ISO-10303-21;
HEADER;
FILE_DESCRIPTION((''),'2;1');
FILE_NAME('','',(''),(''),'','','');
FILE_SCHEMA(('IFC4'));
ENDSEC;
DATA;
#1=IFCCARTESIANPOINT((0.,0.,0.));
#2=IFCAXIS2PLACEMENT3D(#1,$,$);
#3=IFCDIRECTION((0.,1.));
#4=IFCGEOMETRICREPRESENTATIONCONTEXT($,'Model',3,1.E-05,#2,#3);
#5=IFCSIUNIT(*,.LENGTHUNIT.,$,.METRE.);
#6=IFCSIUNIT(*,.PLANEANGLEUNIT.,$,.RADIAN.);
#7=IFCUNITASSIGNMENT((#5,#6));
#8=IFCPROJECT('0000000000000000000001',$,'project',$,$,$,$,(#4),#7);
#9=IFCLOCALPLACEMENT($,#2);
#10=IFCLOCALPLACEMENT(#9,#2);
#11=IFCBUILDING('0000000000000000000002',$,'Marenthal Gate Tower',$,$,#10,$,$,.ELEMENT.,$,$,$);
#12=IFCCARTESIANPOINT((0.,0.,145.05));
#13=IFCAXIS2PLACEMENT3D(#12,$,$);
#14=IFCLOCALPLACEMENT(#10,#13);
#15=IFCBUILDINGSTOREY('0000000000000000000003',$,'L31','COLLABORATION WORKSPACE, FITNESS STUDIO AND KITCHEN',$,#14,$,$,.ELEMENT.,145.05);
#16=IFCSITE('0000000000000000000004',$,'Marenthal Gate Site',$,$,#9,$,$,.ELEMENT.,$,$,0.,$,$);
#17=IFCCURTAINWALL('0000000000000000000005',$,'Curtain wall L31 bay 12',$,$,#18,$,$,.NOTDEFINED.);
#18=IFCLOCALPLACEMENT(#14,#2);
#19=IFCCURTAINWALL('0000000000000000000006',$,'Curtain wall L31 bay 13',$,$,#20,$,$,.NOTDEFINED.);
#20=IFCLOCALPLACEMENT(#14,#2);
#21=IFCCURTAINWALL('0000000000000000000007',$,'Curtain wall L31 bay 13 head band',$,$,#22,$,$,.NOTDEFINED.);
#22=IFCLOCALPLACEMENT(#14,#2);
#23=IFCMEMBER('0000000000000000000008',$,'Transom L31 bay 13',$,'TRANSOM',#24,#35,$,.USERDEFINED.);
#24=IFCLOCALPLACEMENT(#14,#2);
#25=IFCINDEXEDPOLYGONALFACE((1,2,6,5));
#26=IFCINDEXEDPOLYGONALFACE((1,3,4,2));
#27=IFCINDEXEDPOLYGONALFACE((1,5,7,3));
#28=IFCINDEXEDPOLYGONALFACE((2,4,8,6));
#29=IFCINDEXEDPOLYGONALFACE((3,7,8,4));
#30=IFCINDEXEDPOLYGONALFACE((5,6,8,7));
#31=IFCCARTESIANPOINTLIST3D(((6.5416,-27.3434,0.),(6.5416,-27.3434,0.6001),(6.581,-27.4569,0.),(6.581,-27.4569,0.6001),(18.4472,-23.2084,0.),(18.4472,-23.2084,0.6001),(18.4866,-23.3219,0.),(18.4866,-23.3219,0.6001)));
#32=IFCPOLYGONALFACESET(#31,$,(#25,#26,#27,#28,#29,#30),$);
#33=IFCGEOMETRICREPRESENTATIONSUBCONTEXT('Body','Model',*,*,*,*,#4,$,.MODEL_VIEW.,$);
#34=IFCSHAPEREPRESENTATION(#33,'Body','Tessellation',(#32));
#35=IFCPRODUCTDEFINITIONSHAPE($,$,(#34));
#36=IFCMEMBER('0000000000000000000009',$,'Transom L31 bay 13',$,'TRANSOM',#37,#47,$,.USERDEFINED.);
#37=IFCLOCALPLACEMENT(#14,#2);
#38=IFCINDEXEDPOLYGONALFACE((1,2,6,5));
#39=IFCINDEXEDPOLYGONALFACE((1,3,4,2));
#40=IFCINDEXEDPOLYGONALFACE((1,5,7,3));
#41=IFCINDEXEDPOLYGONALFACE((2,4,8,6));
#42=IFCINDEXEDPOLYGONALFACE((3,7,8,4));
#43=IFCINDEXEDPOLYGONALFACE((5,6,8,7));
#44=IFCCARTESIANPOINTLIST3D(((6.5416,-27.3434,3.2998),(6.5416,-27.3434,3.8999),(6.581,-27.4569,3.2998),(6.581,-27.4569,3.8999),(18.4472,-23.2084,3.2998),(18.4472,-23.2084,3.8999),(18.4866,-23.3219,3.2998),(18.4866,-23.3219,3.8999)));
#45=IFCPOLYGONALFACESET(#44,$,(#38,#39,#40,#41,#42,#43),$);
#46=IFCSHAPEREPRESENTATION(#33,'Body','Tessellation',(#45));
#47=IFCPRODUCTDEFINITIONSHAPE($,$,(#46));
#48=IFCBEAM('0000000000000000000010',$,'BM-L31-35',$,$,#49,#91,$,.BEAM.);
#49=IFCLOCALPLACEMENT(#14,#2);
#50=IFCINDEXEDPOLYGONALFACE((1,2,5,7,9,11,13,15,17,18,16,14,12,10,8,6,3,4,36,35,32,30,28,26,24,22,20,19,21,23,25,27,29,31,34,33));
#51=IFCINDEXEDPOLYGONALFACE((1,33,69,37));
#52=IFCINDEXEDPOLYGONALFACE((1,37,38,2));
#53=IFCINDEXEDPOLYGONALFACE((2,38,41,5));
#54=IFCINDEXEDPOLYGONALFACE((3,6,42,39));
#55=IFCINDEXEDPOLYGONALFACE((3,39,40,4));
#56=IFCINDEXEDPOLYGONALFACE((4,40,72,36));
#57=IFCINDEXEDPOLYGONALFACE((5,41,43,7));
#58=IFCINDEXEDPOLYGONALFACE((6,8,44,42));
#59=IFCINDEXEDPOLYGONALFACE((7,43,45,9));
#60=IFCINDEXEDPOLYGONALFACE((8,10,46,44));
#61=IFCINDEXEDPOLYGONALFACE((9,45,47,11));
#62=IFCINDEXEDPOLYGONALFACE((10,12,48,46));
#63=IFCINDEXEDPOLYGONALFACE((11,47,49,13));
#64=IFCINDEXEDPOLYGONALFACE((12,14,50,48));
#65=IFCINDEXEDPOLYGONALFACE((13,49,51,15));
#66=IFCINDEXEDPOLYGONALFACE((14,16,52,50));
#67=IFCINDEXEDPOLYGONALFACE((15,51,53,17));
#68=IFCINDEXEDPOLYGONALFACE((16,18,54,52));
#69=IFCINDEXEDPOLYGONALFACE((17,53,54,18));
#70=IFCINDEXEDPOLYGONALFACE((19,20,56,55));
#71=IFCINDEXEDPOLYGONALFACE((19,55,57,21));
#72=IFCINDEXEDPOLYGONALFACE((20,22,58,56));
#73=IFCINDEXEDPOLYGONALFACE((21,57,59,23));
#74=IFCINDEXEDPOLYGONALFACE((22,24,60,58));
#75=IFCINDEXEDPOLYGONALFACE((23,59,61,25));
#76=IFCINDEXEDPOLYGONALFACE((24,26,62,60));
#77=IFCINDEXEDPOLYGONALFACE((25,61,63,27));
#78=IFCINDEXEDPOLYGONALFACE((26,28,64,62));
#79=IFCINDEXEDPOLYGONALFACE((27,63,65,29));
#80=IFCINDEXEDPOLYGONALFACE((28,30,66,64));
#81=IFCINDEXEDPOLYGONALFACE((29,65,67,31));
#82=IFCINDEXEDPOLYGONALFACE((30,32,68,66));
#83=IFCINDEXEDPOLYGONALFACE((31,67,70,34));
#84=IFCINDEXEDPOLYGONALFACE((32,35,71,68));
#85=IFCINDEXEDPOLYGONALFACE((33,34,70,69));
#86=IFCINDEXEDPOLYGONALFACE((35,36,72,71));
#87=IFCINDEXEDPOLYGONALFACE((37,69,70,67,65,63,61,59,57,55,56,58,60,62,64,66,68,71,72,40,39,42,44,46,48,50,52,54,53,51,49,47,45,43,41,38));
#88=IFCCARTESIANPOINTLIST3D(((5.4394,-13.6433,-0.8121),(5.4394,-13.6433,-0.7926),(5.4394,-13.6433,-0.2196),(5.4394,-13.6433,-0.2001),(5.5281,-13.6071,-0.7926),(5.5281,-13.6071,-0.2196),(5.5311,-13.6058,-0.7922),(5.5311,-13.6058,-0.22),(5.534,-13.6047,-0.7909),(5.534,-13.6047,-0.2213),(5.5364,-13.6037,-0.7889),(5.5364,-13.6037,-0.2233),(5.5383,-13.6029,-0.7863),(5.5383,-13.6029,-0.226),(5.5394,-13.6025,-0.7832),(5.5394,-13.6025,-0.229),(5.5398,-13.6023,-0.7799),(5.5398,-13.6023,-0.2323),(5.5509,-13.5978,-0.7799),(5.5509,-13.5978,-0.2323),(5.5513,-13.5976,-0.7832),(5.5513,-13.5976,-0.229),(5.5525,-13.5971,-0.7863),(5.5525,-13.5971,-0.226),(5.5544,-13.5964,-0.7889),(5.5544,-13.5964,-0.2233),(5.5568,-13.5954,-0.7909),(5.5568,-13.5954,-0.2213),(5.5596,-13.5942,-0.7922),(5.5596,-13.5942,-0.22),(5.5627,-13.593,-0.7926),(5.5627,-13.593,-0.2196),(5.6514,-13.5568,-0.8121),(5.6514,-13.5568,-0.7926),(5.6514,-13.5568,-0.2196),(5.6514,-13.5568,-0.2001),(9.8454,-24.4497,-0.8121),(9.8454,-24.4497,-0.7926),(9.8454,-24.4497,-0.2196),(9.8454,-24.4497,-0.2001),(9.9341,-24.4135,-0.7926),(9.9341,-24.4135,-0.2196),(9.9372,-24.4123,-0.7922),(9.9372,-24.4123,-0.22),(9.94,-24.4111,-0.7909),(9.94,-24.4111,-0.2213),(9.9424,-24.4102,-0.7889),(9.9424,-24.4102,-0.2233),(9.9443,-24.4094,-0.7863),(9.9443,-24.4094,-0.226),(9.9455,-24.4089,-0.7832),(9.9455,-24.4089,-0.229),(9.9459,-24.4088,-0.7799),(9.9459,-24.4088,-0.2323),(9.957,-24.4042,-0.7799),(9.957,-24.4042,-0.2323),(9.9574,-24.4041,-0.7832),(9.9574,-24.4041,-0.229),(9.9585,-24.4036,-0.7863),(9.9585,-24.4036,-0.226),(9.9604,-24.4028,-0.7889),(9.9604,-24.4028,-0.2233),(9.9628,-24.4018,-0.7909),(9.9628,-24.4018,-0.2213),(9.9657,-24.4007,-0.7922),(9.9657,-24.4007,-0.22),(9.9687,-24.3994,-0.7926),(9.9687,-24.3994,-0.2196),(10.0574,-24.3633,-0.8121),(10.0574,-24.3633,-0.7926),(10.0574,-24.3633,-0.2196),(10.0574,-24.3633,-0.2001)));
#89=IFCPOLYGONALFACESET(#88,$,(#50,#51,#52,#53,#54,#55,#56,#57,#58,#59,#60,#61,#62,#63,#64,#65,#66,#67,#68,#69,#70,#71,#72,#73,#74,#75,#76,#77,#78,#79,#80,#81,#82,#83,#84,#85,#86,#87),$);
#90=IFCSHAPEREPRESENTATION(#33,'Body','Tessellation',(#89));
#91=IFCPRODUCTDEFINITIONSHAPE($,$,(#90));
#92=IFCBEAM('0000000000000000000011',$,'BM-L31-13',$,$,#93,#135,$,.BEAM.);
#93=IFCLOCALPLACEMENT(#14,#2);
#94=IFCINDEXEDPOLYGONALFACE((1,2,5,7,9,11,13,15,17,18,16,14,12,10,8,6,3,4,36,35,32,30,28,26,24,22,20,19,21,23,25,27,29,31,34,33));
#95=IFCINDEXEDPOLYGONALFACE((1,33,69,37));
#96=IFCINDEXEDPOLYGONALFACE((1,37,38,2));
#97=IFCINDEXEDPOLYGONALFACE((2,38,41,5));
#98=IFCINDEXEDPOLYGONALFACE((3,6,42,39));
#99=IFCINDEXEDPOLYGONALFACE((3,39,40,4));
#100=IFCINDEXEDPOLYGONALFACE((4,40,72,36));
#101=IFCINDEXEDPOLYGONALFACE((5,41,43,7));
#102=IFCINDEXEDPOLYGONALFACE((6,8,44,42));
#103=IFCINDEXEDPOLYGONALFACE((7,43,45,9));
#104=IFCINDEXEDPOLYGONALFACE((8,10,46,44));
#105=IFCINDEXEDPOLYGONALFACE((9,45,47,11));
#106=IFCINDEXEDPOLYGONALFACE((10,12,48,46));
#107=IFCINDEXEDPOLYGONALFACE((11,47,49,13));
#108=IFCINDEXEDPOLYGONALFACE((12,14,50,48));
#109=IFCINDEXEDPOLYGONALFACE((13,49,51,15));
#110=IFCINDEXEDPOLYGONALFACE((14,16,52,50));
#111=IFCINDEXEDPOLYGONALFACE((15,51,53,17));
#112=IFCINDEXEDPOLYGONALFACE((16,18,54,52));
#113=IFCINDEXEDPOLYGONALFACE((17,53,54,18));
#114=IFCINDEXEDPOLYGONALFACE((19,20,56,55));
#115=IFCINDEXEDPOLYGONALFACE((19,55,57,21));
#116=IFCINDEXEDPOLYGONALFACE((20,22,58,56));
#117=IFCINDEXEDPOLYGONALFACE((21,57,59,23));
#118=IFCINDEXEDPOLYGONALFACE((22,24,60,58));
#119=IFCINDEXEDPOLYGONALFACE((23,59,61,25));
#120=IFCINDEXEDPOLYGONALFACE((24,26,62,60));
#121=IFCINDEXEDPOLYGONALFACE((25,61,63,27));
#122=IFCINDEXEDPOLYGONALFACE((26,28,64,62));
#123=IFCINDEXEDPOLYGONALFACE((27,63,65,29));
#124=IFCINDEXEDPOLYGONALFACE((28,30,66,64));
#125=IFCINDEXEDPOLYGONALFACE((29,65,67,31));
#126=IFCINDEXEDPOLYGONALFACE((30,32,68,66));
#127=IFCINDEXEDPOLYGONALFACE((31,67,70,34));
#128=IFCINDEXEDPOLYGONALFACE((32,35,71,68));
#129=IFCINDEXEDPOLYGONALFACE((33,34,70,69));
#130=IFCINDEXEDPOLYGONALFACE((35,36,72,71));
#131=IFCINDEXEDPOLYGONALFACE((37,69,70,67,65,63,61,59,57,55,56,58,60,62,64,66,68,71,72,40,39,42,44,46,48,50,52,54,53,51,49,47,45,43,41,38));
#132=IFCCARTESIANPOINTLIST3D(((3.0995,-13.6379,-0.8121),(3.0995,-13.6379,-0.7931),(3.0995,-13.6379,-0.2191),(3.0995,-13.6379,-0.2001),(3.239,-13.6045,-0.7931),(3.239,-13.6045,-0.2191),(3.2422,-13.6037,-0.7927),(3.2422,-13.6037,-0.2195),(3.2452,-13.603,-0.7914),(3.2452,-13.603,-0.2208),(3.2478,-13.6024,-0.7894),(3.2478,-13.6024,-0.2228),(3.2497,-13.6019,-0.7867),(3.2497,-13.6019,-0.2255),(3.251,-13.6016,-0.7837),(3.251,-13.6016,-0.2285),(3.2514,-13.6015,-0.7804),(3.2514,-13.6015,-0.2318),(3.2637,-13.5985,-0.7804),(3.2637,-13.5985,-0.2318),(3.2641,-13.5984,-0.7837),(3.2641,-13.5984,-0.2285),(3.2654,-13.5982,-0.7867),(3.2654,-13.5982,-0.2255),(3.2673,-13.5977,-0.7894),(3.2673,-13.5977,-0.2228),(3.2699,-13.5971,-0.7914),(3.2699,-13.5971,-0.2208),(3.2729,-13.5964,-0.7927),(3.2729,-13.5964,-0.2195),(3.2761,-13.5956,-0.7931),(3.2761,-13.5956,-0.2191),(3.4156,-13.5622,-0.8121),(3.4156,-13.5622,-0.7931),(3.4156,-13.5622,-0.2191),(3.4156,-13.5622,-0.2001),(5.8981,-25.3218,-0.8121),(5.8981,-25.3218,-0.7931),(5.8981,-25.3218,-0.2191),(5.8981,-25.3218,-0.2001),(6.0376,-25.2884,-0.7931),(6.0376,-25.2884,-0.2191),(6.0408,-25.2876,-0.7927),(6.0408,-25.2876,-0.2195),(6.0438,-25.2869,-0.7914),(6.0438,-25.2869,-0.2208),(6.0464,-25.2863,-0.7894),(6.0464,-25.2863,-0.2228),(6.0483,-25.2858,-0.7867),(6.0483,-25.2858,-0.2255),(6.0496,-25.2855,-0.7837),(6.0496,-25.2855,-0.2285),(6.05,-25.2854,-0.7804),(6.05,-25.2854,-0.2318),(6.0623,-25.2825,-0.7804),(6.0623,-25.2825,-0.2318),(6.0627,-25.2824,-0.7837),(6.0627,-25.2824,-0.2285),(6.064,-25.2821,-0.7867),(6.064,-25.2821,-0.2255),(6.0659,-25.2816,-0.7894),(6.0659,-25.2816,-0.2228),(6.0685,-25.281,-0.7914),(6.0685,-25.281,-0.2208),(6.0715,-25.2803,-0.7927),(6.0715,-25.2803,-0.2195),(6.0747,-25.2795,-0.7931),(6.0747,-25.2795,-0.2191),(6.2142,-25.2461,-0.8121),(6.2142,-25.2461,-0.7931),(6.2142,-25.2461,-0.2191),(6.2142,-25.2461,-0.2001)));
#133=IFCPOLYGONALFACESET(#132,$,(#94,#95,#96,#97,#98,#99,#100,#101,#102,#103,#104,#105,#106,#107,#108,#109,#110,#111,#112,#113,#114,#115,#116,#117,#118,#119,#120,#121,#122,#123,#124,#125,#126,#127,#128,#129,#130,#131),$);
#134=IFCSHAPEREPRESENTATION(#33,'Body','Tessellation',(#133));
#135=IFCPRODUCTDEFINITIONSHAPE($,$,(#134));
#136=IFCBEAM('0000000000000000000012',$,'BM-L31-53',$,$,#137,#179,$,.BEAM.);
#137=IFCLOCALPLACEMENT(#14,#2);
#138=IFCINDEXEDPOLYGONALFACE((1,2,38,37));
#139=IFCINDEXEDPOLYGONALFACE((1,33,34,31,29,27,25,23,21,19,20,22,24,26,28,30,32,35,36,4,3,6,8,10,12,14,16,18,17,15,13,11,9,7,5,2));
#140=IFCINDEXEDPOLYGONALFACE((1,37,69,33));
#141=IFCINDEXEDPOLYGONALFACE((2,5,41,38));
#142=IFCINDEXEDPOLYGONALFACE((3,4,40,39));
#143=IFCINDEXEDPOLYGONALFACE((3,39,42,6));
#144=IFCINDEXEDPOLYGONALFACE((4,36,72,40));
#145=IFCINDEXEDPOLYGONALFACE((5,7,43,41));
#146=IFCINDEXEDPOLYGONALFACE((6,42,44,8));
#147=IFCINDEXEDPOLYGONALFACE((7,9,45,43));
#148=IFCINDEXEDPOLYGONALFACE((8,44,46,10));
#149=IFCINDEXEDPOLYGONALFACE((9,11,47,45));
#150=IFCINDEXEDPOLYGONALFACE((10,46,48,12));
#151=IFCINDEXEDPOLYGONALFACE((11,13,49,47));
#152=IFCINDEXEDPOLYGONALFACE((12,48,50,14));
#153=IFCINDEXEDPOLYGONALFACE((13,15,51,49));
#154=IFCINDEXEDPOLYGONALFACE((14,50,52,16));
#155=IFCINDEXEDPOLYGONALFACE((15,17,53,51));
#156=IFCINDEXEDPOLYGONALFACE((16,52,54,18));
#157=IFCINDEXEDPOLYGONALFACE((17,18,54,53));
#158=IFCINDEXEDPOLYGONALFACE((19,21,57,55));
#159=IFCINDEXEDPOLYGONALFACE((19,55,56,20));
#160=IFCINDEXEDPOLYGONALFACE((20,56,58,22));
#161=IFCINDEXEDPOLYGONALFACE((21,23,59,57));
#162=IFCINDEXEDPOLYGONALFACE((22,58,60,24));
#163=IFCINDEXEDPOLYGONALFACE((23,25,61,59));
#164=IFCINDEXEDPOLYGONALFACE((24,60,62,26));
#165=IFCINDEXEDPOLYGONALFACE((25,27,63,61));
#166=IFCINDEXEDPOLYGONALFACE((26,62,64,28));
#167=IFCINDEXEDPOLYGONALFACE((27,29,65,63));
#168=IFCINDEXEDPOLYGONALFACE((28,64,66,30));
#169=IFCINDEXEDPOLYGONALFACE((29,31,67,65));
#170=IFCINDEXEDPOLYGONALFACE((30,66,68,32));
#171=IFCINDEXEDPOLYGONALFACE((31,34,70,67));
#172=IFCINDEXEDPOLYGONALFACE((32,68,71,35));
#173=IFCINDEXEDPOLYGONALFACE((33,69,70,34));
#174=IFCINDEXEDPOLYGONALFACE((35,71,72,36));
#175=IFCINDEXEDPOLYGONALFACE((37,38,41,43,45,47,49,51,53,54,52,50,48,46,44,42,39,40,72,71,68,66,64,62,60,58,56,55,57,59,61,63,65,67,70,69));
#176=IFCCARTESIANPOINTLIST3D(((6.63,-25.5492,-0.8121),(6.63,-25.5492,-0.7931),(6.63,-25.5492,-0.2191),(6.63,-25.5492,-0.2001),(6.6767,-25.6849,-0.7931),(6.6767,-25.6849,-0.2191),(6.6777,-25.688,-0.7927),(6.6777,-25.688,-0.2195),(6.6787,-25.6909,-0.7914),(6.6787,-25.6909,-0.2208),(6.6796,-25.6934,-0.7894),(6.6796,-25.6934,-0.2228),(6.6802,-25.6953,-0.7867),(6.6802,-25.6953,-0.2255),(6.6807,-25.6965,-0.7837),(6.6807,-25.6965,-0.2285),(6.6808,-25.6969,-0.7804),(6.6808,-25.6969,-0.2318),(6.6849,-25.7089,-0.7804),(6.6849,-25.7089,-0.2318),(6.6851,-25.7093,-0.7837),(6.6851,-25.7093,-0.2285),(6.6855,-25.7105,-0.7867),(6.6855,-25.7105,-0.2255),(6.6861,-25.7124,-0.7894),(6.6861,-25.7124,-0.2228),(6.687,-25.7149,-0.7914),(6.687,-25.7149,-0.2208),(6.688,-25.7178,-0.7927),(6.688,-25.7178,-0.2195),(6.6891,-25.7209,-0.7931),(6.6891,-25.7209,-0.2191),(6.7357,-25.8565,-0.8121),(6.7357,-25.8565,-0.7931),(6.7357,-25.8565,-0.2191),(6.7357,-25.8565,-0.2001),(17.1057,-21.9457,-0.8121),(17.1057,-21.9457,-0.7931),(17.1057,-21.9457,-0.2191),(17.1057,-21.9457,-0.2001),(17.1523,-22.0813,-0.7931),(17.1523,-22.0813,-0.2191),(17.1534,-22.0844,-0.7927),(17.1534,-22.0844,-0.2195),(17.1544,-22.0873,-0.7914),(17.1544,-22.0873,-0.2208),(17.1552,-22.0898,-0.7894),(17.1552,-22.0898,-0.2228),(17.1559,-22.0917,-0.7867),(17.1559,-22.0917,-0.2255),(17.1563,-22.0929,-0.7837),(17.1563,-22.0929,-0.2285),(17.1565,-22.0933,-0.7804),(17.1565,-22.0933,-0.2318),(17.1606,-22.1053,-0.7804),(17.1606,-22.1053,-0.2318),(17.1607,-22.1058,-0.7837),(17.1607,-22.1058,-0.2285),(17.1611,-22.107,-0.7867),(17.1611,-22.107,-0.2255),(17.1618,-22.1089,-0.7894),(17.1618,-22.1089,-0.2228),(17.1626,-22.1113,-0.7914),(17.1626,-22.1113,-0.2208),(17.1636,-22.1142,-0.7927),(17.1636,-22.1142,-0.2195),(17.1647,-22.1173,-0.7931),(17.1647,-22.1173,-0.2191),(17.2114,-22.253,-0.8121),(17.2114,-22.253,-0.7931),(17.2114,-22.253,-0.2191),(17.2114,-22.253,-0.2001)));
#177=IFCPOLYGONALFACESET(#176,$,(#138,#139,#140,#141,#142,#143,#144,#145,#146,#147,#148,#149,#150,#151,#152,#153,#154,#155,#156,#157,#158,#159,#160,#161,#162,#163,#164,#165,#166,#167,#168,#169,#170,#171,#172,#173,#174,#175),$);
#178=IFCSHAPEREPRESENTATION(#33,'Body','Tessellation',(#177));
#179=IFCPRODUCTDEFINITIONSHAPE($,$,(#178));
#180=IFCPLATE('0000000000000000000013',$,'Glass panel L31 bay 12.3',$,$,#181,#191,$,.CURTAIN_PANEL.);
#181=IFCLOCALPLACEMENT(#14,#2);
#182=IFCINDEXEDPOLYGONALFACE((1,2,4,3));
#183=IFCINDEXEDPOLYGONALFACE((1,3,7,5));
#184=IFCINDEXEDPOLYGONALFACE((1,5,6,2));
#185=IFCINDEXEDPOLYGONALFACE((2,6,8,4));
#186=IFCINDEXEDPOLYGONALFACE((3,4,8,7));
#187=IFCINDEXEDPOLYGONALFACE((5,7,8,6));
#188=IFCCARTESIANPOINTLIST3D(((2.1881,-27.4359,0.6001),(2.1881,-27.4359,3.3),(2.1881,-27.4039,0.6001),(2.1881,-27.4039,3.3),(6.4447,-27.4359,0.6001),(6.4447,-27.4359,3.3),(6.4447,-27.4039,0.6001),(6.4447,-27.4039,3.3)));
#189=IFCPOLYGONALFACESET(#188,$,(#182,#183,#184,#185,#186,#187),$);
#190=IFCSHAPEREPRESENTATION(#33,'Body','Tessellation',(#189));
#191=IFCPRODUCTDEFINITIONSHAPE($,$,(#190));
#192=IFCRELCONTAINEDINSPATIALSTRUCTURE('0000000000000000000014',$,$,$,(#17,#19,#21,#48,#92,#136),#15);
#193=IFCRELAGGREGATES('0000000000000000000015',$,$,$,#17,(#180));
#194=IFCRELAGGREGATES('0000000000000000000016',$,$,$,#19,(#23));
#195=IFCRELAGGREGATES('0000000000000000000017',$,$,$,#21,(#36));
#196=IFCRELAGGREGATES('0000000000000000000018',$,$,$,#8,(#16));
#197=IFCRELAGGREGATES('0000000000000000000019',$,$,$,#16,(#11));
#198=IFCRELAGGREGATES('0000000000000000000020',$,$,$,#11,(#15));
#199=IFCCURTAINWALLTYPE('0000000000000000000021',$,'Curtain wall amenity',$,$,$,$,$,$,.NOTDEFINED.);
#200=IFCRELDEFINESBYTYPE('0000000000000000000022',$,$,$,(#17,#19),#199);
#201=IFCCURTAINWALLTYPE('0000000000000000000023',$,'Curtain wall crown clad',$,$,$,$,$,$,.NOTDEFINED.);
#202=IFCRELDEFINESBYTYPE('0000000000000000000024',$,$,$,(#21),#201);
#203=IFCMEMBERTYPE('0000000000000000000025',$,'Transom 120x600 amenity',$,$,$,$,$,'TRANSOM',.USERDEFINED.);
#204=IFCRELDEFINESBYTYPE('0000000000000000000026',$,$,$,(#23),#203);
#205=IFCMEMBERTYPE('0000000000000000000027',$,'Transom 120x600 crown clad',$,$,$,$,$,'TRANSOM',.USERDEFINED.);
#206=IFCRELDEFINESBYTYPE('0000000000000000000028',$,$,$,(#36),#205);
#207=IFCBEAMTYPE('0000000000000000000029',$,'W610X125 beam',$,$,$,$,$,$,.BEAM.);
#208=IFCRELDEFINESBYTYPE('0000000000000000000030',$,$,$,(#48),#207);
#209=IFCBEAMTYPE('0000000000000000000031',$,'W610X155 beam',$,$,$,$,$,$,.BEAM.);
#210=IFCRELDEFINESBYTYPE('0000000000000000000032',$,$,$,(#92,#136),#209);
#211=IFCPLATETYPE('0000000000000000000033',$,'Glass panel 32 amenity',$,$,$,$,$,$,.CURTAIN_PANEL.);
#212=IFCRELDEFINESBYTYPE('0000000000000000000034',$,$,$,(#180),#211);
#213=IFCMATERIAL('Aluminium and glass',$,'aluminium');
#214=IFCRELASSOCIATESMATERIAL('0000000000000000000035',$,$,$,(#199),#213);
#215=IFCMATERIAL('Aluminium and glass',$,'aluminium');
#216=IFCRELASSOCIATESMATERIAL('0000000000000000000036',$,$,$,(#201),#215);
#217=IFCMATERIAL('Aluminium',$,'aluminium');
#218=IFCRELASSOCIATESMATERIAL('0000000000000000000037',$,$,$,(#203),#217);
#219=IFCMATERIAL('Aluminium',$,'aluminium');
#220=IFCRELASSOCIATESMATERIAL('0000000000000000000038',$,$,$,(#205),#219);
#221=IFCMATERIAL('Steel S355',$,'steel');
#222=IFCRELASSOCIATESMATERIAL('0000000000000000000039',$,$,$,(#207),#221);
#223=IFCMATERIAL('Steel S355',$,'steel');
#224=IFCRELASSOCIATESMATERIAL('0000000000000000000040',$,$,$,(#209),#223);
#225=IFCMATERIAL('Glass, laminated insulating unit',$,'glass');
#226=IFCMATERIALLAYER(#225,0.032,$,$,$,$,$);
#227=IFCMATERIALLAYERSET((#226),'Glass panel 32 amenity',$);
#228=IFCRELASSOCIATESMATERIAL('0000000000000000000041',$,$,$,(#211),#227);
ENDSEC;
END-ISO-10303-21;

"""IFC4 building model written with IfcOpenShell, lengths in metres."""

from ifc_helpers import new_model, si_unit, direction, frame, origin, origin_2d, place, context, subcontext, project, spatial, rectangle, i_section, extrude, material, layer, layer_set, material_profile, profile_set, type_object, element, aggregate, save


model = new_model("IFC4")

# Units and contexts
model_context = context("Model", 3, precision=1e-05, world=origin(), true_north=direction((0.0, 1.0)))
body_context = subcontext(model_context, "Body", "Model", "MODEL_VIEW")
ifc_project = project(units=[si_unit("LENGTHUNIT", "METRE"), si_unit("PLANEANGLEUNIT", "RADIAN")], contexts=[model_context])

# Site, building, storey
site_placement = place(None, origin())
site = spatial("IfcSite", under=ifc_project, at=site_placement, Name="Marenthal Gate Site", CompositionType="ELEMENT", RefElevation=0.0)
building_placement = place(site_placement, origin())
building = spatial("IfcBuilding", under=site, at=building_placement, Name="Marenthal Gate Tower", CompositionType="ELEMENT")
storey_placement = place(building_placement, frame((0.0, 0.0, 145.05)))
storey = spatial("IfcBuildingStorey", under=building, at=storey_placement, Name="L31", Description="COLLABORATION WORKSPACE, FITNESS STUDIO AND KITCHEN", CompositionType="ELEMENT", Elevation=145.05)

# Curtain walls
ifc_material_1 = material(Name="Aluminium and glass", Category="aluminium")
curtain_wall_type_1 = type_object("IfcCurtainWallType", Name="Curtain wall amenity", PredefinedType="NOTDEFINED", material=ifc_material_1)
curtain_wall_1_placement = place(storey_placement, origin())
curtain_wall_1 = element("IfcCurtainWall", 1, at=curtain_wall_1_placement, inside=storey, type_object=curtain_wall_type_1, Name="Curtain wall L31 bay 12", PredefinedType="NOTDEFINED")
curtain_wall_2_placement = place(storey_placement, origin())
curtain_wall_2 = element("IfcCurtainWall", 2, at=curtain_wall_2_placement, inside=storey, type_object=curtain_wall_type_1, Name="Curtain wall L31 bay 13", PredefinedType="NOTDEFINED")

# Curtain wall
ifc_material_2 = material(Name="Aluminium and glass", Category="aluminium")
curtain_wall_type_2 = type_object("IfcCurtainWallType", Name="Curtain wall crown clad", PredefinedType="NOTDEFINED", material=ifc_material_2)
curtain_wall_3_placement = place(storey_placement, origin())
curtain_wall_3 = element("IfcCurtainWall", 3, at=curtain_wall_3_placement, inside=storey, type_object=curtain_wall_type_2, Name="Curtain wall L31 bay 13 head band", PredefinedType="NOTDEFINED")

# Members
ifc_material_3 = material(Name="Aluminium", Category="aluminium")
ifc_material_profile_1 = material_profile(ifc_material_3, rectangle(XDim=0.1201, YDim=0.6001, at=origin_2d()), Name="120x600 aluminium transom")
ifc_profile_set_1 = profile_set([ifc_material_profile_1], Name="Aluminium")
member_type_1 = type_object("IfcMemberType", Name="Transom 120x600 amenity", ElementType="TRANSOM", PredefinedType="USERDEFINED", material=ifc_profile_set_1)
member_1_placement = place(storey_placement, frame((6.5613, -27.4001, 0.3), z_axis=(0.944647, 0.328087, 0.0), x_axis=(-0.328087, 0.944647, 0.0)))
member_1 = element("IfcMember", 4, at=member_1_placement, type_object=member_type_1, Name="Transom L31 bay 13", ObjectType="TRANSOM", PredefinedType="USERDEFINED", context=body_context, shape_type="SweptSolid", body=[
    extrude(rectangle(XDim=0.1201, YDim=0.6001, at=origin_2d()), origin(), (0.0, 0.0, 1.0), 12.6033),
])
ifc_material_4 = material(Name="Aluminium", Category="aluminium")
ifc_material_profile_2 = material_profile(ifc_material_4, rectangle(XDim=0.1201, YDim=0.6001, at=origin_2d()), Name="120x600 aluminium transom")
ifc_profile_set_2 = profile_set([ifc_material_profile_2], Name="Aluminium")
member_type_2 = type_object("IfcMemberType", Name="Transom 120x600 crown clad", ElementType="TRANSOM", PredefinedType="USERDEFINED", material=ifc_profile_set_2)
member_2_placement = place(storey_placement, frame((6.5613, -27.4001, 3.5999), z_axis=(0.944647, 0.328087, 0.0), x_axis=(-0.328087, 0.944647, 0.0)))
member_2 = element("IfcMember", 5, at=member_2_placement, type_object=member_type_2, Name="Transom L31 bay 13", ObjectType="TRANSOM", PredefinedType="USERDEFINED", context=body_context, shape_type="SweptSolid", body=[
    extrude(rectangle(XDim=0.1201, YDim=0.6001, at=origin_2d()), origin(), (0.0, 0.0, 1.0), 12.6033),
])

# Beams
ifc_material_5 = material(Name="Steel S355", Category="steel")
ifc_material_profile_3 = material_profile(ifc_material_5, i_section(OverallWidth=0.229, OverallDepth=0.6121, WebThickness=0.012, FlangeThickness=0.0195, FilletRadius=0.0127, at=origin_2d()), Name="W610X125")
ifc_profile_set_3 = profile_set([ifc_material_profile_3], Name="Steel S355")
beam_type_1 = type_object("IfcBeamType", Name="W610X125 beam", PredefinedType="BEAM", material=ifc_profile_set_3)
beam_1_placement = place(storey_placement, frame((9.9514, -24.4065, -0.5061), z_axis=(-0.377547, 0.925991, 0.0), x_axis=(-0.925991, -0.377547, 0.0)))
element("IfcBeam", 6, at=beam_1_placement, inside=storey, type_object=beam_type_1, Name="BM-L31-35", PredefinedType="BEAM", context=body_context, shape_type="SweptSolid", body=[
    extrude(i_section(OverallWidth=0.229, OverallDepth=0.6121, WebThickness=0.012, FlangeThickness=0.0195, FilletRadius=0.0127, at=origin_2d()), origin(), (0.0, 0.0, 1.0), 11.6702),
])
ifc_material_6 = material(Name="Steel S355", Category="steel")
ifc_material_profile_4 = material_profile(ifc_material_6, i_section(OverallWidth=0.325, OverallDepth=0.6121, WebThickness=0.0127, FlangeThickness=0.019, FilletRadius=0.0127, at=origin_2d()), Name="W610X155")
ifc_profile_set_4 = profile_set([ifc_material_profile_4], Name="Steel S355")
beam_type_2 = type_object("IfcBeamType", Name="W610X155 beam", PredefinedType="BEAM", material=ifc_profile_set_4)
beam_2_placement = place(storey_placement, frame((6.0562, -25.2839, -0.5061), z_axis=(-0.232937, 0.972492, 0.0), x_axis=(-0.972492, -0.232937, 0.0)))
element("IfcBeam", 7, at=beam_2_placement, inside=storey, type_object=beam_type_2, Name="BM-L31-13", PredefinedType="BEAM", context=body_context, shape_type="SweptSolid", body=[
    extrude(i_section(OverallWidth=0.325, OverallDepth=0.6121, WebThickness=0.0127, FlangeThickness=0.019, FilletRadius=0.0127, at=origin_2d()), origin(), (0.0, 0.0, 1.0), 12.0144),
])
beam_3_placement = place(storey_placement, frame((6.6829, -25.7029, -0.5061), z_axis=(0.945616, 0.325284, 0.0), x_axis=(-0.325284, 0.945616, 0.0)))
element("IfcBeam", 8, at=beam_3_placement, inside=storey, type_object=beam_type_2, Name="BM-L31-53", PredefinedType="BEAM", context=body_context, shape_type="SweptSolid", body=[
    extrude(i_section(OverallWidth=0.325, OverallDepth=0.6121, WebThickness=0.0127, FlangeThickness=0.019, FilletRadius=0.0127, at=origin_2d()), origin(), (0.0, 0.0, 1.0), 11.0781),
])

# Plate
ifc_material_7 = material(Name="Glass, laminated insulating unit", Category="glass")
ifc_layer_1 = layer(ifc_material_7, 0.032)
ifc_layer_set_1 = layer_set([ifc_layer_1], Name="Glass panel 32 amenity")
plate_type_1 = type_object("IfcPlateType", Name="Glass panel 32 amenity", PredefinedType="CURTAIN_PANEL", material=ifc_layer_set_1)
plate_1_placement = place(storey_placement, frame((4.3164, -27.4199, 0.6001), z_axis=(0.0, 0.0, 1.0), x_axis=(1.0, 0.0, 0.0)))
plate_1 = element("IfcPlate", 9, at=plate_1_placement, type_object=plate_type_1, Name="Glass panel L31 bay 12.3", PredefinedType="CURTAIN_PANEL", context=body_context, shape_type="SweptSolid", body=[
    extrude(rectangle(XDim=4.2566, YDim=0.032, at=origin_2d()), origin(), (0.0, 0.0, 1.0), 2.7),
])
aggregate(curtain_wall_1, [plate_1])
aggregate(curtain_wall_2, [member_1])
aggregate(curtain_wall_3, [member_2])

save(model, "model.ifc")
